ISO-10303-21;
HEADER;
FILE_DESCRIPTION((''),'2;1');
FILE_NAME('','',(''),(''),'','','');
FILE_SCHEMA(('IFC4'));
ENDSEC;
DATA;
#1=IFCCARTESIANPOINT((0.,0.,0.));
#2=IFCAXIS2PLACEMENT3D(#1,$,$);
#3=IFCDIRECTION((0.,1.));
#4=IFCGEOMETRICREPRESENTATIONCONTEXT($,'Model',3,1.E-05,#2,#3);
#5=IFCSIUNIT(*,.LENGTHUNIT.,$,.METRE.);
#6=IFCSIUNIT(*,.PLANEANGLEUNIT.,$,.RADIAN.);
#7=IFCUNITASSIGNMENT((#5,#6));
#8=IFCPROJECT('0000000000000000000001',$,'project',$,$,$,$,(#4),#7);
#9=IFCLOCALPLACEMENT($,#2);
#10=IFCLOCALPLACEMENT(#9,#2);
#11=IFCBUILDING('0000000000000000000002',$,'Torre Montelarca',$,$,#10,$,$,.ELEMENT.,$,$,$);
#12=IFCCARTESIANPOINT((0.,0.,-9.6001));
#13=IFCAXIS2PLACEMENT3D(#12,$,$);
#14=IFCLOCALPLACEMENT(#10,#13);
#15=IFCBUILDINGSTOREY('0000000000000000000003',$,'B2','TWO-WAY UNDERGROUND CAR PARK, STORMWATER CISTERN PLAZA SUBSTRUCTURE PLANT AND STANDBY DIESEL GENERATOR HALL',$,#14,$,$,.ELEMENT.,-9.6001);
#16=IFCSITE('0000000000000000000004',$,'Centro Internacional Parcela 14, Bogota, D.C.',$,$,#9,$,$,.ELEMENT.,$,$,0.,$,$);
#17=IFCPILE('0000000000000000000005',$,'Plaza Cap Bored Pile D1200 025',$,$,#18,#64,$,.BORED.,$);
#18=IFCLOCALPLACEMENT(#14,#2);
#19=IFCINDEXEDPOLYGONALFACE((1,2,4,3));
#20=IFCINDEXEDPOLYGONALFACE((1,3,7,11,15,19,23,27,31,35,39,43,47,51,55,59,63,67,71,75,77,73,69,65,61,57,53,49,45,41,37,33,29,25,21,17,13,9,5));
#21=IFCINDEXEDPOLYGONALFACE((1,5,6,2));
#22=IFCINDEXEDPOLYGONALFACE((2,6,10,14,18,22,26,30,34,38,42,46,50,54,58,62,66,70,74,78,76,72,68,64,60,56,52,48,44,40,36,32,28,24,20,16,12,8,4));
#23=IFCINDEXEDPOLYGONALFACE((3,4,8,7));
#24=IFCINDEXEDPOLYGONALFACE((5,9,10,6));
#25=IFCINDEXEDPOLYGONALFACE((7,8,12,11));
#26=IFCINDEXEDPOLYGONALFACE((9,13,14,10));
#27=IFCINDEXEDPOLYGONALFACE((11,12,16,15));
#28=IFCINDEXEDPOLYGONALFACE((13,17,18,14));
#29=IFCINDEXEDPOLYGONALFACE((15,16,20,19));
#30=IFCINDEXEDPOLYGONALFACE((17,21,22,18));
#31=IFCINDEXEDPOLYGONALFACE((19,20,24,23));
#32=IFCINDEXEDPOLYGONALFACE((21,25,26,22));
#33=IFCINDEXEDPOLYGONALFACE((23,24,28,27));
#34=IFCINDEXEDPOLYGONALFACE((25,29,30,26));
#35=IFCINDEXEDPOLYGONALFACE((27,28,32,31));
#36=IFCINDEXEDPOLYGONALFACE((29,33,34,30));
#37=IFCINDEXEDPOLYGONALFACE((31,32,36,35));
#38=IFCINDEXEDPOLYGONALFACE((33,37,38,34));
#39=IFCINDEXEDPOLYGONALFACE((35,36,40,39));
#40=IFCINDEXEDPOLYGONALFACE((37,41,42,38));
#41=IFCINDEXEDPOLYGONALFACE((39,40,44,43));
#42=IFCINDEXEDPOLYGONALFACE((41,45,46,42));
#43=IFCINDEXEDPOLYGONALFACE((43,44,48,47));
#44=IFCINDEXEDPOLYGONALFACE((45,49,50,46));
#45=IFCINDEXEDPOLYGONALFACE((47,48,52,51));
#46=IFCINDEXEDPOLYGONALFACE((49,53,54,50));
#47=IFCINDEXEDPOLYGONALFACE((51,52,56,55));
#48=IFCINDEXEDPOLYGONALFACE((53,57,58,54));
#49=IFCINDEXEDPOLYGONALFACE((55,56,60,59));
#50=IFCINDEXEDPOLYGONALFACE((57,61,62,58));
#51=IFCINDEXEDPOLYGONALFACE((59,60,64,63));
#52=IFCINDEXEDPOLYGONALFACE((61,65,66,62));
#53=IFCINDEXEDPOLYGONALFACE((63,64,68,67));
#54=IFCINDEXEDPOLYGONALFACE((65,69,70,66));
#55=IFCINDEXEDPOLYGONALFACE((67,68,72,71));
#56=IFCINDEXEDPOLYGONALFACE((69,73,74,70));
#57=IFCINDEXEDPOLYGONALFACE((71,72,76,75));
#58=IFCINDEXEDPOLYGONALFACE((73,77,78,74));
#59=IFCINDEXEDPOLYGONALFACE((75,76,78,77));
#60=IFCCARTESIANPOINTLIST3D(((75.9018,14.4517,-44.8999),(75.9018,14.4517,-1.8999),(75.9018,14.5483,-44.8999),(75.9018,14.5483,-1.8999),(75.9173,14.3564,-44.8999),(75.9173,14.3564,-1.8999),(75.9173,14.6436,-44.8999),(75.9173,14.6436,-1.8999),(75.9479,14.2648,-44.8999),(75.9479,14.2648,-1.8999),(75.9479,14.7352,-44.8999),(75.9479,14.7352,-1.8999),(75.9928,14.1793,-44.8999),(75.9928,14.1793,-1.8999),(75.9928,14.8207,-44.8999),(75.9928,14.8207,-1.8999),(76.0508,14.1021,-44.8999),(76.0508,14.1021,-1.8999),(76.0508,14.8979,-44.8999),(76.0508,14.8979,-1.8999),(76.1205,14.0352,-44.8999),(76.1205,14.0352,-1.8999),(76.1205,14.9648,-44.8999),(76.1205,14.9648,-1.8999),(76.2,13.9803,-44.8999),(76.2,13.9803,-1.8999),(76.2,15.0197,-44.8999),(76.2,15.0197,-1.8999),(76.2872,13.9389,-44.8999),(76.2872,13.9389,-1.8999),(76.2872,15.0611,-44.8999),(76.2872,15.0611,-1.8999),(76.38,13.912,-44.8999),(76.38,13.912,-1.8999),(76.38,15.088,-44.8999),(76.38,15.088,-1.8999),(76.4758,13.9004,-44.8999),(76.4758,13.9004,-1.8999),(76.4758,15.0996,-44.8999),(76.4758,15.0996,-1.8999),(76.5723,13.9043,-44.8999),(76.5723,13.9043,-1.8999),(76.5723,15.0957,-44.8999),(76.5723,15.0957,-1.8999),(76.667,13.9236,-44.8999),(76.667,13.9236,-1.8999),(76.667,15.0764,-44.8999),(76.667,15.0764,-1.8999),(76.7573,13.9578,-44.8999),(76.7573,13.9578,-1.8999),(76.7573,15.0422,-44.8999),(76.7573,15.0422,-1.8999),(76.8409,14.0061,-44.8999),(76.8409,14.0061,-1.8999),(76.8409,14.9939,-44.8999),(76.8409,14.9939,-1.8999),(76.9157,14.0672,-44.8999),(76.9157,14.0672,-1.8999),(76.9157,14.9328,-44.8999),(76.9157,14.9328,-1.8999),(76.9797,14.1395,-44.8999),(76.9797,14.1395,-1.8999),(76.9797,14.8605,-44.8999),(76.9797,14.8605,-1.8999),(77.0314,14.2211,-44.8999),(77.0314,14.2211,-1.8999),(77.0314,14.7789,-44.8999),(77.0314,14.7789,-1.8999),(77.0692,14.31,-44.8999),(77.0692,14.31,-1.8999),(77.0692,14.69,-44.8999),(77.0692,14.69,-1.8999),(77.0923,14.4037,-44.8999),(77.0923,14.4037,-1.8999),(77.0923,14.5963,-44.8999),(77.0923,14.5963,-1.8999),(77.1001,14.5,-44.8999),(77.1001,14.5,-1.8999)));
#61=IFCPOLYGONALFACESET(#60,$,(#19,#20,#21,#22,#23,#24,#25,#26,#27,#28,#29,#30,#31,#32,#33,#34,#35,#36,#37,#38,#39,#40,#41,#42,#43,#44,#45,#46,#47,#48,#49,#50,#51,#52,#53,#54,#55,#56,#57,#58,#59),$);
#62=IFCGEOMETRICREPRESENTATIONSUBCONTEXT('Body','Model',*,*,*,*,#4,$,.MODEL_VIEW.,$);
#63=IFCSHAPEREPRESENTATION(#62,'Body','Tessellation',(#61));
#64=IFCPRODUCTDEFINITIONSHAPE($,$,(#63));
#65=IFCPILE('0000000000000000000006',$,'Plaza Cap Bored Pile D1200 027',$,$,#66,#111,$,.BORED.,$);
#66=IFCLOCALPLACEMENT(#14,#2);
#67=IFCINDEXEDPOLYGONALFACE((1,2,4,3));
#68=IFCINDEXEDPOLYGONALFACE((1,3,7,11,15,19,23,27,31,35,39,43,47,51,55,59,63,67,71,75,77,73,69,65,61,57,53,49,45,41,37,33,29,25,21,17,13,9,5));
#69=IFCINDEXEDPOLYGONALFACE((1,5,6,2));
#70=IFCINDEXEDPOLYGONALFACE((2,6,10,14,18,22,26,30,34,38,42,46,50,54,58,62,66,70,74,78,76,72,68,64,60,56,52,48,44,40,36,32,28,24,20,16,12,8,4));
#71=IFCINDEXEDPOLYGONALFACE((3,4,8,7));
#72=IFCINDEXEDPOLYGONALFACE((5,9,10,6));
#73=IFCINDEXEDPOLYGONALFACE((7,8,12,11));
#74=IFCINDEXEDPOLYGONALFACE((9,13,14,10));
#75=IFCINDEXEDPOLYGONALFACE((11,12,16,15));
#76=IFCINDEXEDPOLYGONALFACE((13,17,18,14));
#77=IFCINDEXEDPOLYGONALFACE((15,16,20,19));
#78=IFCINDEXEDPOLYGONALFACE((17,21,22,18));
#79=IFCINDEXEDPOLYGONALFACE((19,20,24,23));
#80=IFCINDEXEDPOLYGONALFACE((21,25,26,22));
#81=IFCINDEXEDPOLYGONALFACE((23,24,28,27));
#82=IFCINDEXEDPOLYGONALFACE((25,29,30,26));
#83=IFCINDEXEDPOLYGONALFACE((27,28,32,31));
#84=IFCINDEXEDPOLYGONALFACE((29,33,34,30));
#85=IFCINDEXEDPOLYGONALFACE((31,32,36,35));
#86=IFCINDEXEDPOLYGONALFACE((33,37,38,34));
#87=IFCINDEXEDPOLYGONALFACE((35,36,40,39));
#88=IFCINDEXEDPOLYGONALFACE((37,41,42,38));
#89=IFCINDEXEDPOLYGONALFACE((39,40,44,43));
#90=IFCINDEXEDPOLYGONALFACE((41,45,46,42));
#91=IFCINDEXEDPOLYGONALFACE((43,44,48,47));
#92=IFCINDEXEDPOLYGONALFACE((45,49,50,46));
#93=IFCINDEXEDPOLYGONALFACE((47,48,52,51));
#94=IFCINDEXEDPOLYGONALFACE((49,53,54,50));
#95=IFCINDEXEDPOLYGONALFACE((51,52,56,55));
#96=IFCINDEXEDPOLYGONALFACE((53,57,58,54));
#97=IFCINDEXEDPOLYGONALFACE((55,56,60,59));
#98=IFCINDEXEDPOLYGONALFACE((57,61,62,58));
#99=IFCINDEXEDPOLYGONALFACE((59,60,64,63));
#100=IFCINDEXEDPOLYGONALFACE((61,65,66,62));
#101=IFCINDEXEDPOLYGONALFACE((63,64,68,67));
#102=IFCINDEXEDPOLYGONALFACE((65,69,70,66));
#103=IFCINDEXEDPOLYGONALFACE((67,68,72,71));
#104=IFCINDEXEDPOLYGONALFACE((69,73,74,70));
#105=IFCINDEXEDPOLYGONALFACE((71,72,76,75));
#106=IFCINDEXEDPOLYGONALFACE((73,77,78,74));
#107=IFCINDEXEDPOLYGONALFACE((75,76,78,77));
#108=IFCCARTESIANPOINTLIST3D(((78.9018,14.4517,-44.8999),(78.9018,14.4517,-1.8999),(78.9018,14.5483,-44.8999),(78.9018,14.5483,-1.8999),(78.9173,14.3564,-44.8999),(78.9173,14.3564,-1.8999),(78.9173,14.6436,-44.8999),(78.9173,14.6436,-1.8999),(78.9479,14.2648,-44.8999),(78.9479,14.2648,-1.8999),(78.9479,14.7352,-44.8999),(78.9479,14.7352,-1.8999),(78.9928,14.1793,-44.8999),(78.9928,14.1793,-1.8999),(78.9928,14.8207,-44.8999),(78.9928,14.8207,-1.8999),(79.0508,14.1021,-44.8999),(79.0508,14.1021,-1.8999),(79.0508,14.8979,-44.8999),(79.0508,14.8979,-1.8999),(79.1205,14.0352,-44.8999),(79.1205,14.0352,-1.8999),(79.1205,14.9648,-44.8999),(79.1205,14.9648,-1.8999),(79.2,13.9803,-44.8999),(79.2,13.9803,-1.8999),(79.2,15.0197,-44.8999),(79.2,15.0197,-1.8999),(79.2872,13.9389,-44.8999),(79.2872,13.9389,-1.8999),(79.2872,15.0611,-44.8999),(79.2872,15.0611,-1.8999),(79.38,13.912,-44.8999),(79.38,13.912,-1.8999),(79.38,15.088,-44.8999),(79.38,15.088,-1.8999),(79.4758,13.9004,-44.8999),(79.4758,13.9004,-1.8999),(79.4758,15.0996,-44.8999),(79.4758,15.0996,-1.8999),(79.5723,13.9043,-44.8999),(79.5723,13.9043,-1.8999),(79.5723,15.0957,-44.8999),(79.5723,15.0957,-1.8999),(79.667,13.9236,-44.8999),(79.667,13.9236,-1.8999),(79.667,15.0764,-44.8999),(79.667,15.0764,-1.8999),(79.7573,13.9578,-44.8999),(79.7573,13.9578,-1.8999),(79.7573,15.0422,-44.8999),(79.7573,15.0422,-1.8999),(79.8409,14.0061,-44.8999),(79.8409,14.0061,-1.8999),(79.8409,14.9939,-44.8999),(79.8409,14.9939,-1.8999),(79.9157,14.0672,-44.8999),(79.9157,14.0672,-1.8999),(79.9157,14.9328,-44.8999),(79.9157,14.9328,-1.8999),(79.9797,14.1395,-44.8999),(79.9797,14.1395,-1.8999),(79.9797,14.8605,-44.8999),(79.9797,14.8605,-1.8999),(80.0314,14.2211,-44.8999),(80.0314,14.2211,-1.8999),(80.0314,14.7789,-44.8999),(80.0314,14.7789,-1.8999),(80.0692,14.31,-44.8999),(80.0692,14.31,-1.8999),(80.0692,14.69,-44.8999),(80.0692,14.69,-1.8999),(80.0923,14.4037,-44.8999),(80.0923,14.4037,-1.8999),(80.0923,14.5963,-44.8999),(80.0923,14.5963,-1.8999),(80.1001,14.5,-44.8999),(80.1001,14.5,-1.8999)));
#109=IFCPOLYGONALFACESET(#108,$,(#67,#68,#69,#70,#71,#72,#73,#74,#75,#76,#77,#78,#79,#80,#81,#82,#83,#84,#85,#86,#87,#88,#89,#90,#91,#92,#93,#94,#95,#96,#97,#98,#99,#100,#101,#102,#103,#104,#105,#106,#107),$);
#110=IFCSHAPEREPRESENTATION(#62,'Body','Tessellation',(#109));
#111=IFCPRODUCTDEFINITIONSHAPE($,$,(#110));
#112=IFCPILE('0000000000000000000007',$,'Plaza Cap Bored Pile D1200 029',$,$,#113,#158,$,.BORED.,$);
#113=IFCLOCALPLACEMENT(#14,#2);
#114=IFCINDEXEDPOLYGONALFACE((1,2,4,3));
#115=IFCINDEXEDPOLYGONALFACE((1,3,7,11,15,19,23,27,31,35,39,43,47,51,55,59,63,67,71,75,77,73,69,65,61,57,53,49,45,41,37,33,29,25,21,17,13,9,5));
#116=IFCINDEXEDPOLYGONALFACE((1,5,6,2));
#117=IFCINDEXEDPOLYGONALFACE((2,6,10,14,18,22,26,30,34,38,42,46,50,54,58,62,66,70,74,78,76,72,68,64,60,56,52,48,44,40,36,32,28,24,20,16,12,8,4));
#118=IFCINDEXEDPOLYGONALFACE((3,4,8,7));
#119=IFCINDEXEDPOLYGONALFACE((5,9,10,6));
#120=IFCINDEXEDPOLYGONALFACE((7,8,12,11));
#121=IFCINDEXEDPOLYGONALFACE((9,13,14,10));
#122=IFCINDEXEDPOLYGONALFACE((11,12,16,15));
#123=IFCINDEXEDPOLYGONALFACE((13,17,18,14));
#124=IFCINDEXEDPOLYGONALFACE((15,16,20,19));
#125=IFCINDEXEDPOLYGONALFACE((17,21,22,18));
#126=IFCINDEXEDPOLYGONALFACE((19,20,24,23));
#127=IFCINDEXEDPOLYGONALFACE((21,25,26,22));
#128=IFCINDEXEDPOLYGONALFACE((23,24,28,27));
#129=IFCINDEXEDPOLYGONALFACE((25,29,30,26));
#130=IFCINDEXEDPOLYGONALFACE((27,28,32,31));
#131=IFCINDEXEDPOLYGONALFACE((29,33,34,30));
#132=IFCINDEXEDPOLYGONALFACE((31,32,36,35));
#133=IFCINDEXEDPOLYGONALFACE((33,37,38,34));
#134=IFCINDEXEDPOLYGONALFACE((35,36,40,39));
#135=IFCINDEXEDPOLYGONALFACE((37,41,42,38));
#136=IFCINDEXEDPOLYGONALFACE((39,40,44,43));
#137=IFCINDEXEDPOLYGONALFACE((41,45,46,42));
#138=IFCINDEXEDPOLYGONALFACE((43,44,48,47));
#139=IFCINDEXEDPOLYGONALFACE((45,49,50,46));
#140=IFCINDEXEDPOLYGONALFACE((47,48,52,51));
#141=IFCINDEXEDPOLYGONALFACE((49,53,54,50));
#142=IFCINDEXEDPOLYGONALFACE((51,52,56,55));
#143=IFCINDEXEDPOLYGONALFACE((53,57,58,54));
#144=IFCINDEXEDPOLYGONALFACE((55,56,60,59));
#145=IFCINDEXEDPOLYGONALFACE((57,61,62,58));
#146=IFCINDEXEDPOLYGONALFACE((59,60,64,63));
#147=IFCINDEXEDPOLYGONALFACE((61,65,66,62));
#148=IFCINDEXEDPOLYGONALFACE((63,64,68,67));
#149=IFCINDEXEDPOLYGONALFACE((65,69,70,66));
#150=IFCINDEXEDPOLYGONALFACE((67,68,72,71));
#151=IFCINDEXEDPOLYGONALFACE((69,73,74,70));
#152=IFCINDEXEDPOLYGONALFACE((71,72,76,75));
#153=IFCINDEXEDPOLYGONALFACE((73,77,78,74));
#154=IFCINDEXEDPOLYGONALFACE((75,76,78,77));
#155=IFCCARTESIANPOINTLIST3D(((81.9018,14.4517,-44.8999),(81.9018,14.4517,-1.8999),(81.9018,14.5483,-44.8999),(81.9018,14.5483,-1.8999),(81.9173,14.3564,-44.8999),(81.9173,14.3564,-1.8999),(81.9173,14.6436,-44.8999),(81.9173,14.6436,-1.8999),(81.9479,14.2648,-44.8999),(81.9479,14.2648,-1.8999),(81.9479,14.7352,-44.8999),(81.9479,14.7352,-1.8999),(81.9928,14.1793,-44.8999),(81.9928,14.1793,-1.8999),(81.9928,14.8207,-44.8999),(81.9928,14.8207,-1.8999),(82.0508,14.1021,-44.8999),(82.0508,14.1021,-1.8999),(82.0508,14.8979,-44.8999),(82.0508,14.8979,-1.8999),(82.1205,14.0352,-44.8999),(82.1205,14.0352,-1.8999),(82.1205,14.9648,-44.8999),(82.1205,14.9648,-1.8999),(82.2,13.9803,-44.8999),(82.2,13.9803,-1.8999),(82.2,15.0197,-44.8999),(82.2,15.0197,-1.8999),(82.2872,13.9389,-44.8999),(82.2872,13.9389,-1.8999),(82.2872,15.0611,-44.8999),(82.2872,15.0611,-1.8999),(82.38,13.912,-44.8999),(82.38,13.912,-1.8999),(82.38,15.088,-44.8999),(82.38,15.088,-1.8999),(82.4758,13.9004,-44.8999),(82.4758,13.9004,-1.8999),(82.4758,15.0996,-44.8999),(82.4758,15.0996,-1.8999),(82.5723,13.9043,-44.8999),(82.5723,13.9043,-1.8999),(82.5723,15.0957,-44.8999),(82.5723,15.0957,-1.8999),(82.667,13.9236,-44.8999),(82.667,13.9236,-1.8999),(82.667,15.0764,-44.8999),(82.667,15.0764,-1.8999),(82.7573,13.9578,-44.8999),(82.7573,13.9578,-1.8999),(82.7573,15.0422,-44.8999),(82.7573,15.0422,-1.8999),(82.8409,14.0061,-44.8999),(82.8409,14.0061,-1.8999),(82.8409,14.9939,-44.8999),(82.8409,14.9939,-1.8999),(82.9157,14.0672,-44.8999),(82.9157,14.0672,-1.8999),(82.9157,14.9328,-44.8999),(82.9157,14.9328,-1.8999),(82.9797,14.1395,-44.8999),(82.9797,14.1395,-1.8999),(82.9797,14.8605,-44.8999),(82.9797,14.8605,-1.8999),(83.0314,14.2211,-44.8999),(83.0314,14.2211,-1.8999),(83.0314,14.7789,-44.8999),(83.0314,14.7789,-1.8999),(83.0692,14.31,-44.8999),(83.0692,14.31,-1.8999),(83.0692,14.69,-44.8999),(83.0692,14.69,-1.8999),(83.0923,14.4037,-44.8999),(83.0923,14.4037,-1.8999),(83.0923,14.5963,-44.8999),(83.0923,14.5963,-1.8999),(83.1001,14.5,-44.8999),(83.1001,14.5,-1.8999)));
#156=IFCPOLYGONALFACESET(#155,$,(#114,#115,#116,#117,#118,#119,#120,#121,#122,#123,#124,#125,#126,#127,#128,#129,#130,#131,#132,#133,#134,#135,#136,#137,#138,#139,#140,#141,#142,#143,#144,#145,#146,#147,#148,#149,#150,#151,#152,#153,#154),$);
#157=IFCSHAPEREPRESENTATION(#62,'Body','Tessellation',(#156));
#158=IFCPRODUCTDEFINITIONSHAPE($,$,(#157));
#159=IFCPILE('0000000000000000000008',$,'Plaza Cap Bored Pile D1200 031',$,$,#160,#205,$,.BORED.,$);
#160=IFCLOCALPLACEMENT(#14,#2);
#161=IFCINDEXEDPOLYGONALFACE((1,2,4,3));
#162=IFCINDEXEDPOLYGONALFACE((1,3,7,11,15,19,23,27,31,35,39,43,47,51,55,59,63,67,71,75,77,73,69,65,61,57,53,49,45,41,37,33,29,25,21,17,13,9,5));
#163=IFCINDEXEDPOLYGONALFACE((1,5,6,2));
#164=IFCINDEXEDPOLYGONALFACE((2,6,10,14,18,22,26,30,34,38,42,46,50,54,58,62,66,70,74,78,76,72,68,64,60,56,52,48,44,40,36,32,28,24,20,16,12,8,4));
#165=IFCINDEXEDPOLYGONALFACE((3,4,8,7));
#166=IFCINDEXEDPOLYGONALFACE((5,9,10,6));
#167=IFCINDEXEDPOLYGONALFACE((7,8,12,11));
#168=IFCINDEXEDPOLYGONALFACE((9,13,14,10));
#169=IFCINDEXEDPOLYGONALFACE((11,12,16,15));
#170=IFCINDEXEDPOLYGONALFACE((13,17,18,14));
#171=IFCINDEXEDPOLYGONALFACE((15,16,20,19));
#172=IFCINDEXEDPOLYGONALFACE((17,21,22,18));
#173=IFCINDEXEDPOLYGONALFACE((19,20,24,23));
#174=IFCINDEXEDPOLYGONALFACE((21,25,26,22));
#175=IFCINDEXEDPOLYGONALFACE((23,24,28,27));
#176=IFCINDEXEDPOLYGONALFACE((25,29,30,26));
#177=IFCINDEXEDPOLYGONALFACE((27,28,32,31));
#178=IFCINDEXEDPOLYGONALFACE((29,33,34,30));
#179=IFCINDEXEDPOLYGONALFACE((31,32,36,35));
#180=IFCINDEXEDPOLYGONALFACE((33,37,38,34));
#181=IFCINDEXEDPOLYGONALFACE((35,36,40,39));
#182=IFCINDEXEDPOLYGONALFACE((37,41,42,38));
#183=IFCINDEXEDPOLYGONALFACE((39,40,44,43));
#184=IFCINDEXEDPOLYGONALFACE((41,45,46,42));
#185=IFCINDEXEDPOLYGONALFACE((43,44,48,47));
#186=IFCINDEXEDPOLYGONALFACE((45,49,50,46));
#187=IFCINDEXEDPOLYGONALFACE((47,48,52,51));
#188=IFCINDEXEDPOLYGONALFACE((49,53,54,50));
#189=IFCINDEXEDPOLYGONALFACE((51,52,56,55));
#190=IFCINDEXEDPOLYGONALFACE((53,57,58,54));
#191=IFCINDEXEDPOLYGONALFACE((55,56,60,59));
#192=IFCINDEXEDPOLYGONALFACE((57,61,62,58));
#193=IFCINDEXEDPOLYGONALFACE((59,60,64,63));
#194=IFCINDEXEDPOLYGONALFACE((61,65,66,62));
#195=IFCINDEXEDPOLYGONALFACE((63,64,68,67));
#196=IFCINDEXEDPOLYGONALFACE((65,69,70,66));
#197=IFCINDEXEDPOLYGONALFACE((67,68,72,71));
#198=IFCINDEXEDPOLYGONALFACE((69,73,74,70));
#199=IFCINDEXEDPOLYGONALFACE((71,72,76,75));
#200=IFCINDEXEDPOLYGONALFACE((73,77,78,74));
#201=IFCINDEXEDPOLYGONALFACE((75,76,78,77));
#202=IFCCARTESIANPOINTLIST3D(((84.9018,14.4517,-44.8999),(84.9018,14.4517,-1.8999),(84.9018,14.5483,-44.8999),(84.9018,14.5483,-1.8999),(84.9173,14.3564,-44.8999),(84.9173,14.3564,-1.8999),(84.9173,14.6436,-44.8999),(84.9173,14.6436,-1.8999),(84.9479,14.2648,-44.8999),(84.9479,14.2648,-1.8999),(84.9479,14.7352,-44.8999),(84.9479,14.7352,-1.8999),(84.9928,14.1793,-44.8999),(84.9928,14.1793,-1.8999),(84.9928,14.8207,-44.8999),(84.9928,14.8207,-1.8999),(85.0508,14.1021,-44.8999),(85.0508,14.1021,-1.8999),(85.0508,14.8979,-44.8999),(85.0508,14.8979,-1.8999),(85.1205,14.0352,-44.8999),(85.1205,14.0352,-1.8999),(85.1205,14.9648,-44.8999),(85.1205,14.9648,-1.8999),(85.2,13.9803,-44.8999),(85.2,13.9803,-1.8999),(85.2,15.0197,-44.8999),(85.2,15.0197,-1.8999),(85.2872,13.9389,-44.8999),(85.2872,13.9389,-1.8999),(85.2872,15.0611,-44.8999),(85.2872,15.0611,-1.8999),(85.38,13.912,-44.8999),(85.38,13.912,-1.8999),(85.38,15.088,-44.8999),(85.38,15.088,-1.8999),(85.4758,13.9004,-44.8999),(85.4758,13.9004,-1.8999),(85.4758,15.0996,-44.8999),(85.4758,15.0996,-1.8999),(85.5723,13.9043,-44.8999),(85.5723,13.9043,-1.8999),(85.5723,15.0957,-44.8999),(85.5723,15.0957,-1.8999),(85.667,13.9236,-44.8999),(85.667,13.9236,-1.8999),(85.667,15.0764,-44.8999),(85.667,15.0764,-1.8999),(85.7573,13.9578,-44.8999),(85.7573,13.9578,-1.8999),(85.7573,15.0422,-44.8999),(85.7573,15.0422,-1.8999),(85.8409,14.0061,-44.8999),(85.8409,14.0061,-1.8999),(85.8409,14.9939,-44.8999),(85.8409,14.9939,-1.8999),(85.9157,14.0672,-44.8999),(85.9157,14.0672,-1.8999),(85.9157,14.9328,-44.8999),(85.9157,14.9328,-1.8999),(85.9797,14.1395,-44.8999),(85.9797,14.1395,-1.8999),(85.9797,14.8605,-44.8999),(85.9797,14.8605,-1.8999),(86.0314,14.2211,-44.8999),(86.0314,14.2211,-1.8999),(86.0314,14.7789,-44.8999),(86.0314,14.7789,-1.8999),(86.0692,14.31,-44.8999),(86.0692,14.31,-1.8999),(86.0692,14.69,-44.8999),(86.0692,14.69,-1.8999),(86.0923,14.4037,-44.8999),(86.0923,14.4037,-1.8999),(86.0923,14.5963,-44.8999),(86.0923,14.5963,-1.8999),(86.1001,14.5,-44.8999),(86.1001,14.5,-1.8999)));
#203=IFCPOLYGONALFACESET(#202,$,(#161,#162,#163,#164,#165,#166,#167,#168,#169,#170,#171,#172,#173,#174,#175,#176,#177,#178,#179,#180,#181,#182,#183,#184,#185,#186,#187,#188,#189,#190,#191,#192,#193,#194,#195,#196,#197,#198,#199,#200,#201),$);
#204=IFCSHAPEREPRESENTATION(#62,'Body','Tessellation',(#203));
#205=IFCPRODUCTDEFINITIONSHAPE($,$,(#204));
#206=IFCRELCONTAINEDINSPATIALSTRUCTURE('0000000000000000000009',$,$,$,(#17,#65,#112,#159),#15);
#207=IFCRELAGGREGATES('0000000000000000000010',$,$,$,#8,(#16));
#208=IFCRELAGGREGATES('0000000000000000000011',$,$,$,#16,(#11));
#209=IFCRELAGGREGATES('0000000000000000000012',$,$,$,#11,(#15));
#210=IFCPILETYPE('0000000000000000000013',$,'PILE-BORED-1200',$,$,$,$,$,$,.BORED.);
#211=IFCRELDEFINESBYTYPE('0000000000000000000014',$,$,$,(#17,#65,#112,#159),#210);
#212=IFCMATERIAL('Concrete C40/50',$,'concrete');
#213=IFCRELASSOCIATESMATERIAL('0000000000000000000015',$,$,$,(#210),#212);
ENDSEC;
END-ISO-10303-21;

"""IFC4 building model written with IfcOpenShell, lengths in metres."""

from ifc_helpers import new_model, si_unit, direction, frame, origin, origin_2d, place, context, subcontext, project, spatial, circle, extrude, source, transform, mapped, material, material_profile, profile_set, type_object, element, save


model = new_model("IFC4")

# Units and contexts
model_context = context("Model", 3, precision=1e-05, world=origin(), true_north=direction((0.0, 1.0)))
body_context = subcontext(model_context, "Body", "Model", "MODEL_VIEW")
ifc_project = project(units=[si_unit("LENGTHUNIT", "METRE"), si_unit("PLANEANGLEUNIT", "RADIAN")], contexts=[model_context])

# Site, building, storey
site_placement = place(None, origin())
site = spatial("IfcSite", under=ifc_project, at=site_placement, Name="Centro Internacional Parcela 14, Bogota, D.C.", CompositionType="ELEMENT", RefElevation=0.0)
building_placement = place(site_placement, origin())
building = spatial("IfcBuilding", under=site, at=building_placement, Name="Torre Montelarca", CompositionType="ELEMENT")
storey_placement = place(building_placement, frame((0.0, 0.0, -9.6001)))
storey = spatial("IfcBuildingStorey", under=building, at=storey_placement, Name="B2", Description="TWO-WAY UNDERGROUND CAR PARK, STORMWATER CISTERN PLAZA SUBSTRUCTURE PLANT AND STANDBY DIESEL GENERATOR HALL", CompositionType="ELEMENT", Elevation=-9.6001)

# Piles
ifc_material_1 = material(Name="Concrete C40/50", Category="concrete")
ifc_material_profile_1 = material_profile(ifc_material_1, circle(Radius=0.6001, at=origin_2d()), Name="PILE-D1200", Category="concrete")
ifc_profile_set_1 = profile_set([ifc_material_profile_1], Name="Concrete C40/50")
pile_type = type_object("IfcPileType", Name="PILE-BORED-1200", PredefinedType="BORED", material=ifc_profile_set_1)
shared_shape_1 = source(origin(), body_context, "Body", "SweptSolid", [
    extrude(circle(Radius=0.6001, at=origin_2d()), origin(), (0.0, 0.0, 1.0), 43.0),
])
for number, where, z_axis, x_axis, name in (
    (1, (76.5, 14.5, -1.8999), (0.0, 0.0, -1.0), (1.0, 0.0, 0.0), "Plaza Cap Bored Pile D1200 025"),
    (2, (79.5, 14.5, -1.8999), (0.0, 0.0, -1.0), (1.0, 0.0, 0.0), "Plaza Cap Bored Pile D1200 027"),
    (3, (82.5, 14.5, -1.8999), (0.0, 0.0, -1.0), (1.0, 0.0, 0.0), "Plaza Cap Bored Pile D1200 029"),
    (4, (85.5, 14.5, -1.8999), (0.0, 0.0, -1.0), (1.0, 0.0, 0.0), "Plaza Cap Bored Pile D1200 031"),
):
    element("IfcPile", number, at=place(storey_placement, frame(where, z_axis=z_axis, x_axis=x_axis)), inside=storey, type_object=pile_type, Name=name, PredefinedType="BORED", context=body_context, shape_type="MappedRepresentation", body=[
        mapped(shared_shape_1, transform((0.0, 0.0, 0.0), scale=1.0)),
    ])

save(model, "model.ifc")
